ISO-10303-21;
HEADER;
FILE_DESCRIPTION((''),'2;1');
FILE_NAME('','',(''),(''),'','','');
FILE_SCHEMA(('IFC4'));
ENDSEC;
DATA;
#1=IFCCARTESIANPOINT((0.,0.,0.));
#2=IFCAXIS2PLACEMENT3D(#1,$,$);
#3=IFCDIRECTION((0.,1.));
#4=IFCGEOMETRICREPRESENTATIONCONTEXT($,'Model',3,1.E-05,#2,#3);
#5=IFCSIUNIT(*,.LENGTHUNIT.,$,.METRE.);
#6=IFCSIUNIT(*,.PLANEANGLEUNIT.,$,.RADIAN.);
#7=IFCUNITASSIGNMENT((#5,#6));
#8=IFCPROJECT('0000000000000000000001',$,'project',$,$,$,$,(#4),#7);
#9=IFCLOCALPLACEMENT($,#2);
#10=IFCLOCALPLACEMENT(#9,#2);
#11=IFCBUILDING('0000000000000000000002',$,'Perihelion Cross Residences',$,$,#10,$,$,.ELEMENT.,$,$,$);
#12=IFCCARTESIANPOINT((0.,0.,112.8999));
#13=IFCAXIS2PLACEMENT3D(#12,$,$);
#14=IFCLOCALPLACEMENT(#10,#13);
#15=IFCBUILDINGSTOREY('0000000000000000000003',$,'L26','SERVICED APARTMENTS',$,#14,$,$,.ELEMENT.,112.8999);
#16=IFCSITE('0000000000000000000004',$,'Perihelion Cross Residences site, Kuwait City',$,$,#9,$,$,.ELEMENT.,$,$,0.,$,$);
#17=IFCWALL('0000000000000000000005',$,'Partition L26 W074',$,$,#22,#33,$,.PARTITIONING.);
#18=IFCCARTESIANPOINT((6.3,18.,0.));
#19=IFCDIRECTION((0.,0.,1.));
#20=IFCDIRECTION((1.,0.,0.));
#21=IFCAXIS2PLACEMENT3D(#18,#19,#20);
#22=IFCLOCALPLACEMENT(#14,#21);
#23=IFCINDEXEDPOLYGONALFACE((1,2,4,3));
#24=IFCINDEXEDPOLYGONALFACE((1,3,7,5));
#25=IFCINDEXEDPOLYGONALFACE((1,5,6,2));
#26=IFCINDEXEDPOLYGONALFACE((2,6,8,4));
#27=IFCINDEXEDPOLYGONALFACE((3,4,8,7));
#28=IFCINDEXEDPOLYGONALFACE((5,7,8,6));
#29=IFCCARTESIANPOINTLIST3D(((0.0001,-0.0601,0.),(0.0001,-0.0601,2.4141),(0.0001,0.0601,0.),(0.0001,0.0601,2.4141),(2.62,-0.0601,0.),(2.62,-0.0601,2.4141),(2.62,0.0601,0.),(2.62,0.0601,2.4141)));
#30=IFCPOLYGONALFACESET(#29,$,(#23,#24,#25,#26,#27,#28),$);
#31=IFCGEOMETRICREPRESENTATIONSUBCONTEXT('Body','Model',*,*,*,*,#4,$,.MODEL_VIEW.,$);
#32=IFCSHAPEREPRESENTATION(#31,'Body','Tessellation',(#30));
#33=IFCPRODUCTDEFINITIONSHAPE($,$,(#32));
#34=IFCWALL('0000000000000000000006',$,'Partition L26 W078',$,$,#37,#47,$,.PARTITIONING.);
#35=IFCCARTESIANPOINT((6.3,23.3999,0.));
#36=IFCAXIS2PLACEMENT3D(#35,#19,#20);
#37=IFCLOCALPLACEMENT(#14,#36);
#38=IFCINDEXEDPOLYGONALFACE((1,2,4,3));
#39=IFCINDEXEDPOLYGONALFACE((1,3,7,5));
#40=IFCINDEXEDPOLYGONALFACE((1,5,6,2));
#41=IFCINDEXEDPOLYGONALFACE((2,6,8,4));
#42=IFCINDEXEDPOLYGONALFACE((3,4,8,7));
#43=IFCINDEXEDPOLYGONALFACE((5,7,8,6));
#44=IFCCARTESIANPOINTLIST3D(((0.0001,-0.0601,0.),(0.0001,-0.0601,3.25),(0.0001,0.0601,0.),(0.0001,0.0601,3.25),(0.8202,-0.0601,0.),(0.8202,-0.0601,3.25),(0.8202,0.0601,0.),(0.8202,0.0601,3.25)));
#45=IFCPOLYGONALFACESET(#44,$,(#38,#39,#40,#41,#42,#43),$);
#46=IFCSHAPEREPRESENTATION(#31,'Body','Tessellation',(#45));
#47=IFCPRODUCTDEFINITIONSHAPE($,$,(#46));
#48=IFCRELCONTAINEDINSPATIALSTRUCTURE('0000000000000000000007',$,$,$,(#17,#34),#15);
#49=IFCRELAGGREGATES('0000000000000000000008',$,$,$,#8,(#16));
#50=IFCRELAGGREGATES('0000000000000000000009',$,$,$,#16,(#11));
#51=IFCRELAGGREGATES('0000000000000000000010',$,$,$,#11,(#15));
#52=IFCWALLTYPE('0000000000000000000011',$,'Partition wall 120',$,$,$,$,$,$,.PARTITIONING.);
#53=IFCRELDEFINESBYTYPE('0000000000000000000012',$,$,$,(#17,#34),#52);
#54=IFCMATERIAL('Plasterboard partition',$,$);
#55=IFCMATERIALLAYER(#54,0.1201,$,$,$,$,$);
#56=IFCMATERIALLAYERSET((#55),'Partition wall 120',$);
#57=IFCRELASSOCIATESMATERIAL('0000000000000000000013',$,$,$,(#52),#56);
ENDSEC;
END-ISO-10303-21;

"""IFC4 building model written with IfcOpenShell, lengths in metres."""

from ifc_helpers import new_model, si_unit, direction, frame, frame_2d, origin, place, context, subcontext, project, spatial, rectangle, extrude, material, layer, layer_set, type_object, element, save


model = new_model("IFC4")

# Units and contexts
model_context = context("Model", 3, precision=1e-05, world=origin(), true_north=direction((0.0, 1.0)))
body_context = subcontext(model_context, "Body", "Model", "MODEL_VIEW")
ifc_project = project(units=[si_unit("LENGTHUNIT", "METRE"), si_unit("PLANEANGLEUNIT", "RADIAN")], contexts=[model_context])

# Site, building, storey
site_placement = place(None, origin())
site = spatial("IfcSite", under=ifc_project, at=site_placement, Name="Perihelion Cross Residences site, Kuwait City", CompositionType="ELEMENT", RefElevation=0.0)
building_placement = place(site_placement, origin())
building = spatial("IfcBuilding", under=site, at=building_placement, Name="Perihelion Cross Residences", CompositionType="ELEMENT")
storey_placement = place(building_placement, frame((0.0, 0.0, 112.8999)))
storey = spatial("IfcBuildingStorey", under=building, at=storey_placement, Name="L26", Description="SERVICED APARTMENTS", CompositionType="ELEMENT", Elevation=112.8999)

# Walls
ifc_material_1 = material(Name="Plasterboard partition")
ifc_layer_1 = layer(ifc_material_1, 0.1201)
ifc_layer_set_1 = layer_set([ifc_layer_1], Name="Partition wall 120")
wall_type_1 = type_object("IfcWallType", Name="Partition wall 120", PredefinedType="PARTITIONING", material=ifc_layer_set_1)
wall_1_placement = place(storey_placement, frame((6.3, 18.0, 0.0), z_axis=(0.0, 0.0, 1.0), x_axis=(1.0, 0.0, 0.0)))
element("IfcWall", 1, at=wall_1_placement, inside=storey, type_object=wall_type_1, Name="Partition L26 W074", PredefinedType="PARTITIONING", context=body_context, shape_type="SweptSolid", body=[
    extrude(rectangle(XDim=2.6199, YDim=0.1201, at=frame_2d((1.3101, 0.0))), origin(), (0.0, 0.0, 1.0), 2.4141),
])
wall_2_placement = place(storey_placement, frame((6.3, 23.3999, 0.0), z_axis=(0.0, 0.0, 1.0), x_axis=(1.0, 0.0, 0.0)))
element("IfcWall", 2, at=wall_2_placement, inside=storey, type_object=wall_type_1, Name="Partition L26 W078", PredefinedType="PARTITIONING", context=body_context, shape_type="SweptSolid", body=[
    extrude(rectangle(XDim=0.8201, YDim=0.1201, at=frame_2d((0.4102, 0.0))), origin(), (0.0, 0.0, 1.0), 3.25),
])

save(model, "model.ifc")
